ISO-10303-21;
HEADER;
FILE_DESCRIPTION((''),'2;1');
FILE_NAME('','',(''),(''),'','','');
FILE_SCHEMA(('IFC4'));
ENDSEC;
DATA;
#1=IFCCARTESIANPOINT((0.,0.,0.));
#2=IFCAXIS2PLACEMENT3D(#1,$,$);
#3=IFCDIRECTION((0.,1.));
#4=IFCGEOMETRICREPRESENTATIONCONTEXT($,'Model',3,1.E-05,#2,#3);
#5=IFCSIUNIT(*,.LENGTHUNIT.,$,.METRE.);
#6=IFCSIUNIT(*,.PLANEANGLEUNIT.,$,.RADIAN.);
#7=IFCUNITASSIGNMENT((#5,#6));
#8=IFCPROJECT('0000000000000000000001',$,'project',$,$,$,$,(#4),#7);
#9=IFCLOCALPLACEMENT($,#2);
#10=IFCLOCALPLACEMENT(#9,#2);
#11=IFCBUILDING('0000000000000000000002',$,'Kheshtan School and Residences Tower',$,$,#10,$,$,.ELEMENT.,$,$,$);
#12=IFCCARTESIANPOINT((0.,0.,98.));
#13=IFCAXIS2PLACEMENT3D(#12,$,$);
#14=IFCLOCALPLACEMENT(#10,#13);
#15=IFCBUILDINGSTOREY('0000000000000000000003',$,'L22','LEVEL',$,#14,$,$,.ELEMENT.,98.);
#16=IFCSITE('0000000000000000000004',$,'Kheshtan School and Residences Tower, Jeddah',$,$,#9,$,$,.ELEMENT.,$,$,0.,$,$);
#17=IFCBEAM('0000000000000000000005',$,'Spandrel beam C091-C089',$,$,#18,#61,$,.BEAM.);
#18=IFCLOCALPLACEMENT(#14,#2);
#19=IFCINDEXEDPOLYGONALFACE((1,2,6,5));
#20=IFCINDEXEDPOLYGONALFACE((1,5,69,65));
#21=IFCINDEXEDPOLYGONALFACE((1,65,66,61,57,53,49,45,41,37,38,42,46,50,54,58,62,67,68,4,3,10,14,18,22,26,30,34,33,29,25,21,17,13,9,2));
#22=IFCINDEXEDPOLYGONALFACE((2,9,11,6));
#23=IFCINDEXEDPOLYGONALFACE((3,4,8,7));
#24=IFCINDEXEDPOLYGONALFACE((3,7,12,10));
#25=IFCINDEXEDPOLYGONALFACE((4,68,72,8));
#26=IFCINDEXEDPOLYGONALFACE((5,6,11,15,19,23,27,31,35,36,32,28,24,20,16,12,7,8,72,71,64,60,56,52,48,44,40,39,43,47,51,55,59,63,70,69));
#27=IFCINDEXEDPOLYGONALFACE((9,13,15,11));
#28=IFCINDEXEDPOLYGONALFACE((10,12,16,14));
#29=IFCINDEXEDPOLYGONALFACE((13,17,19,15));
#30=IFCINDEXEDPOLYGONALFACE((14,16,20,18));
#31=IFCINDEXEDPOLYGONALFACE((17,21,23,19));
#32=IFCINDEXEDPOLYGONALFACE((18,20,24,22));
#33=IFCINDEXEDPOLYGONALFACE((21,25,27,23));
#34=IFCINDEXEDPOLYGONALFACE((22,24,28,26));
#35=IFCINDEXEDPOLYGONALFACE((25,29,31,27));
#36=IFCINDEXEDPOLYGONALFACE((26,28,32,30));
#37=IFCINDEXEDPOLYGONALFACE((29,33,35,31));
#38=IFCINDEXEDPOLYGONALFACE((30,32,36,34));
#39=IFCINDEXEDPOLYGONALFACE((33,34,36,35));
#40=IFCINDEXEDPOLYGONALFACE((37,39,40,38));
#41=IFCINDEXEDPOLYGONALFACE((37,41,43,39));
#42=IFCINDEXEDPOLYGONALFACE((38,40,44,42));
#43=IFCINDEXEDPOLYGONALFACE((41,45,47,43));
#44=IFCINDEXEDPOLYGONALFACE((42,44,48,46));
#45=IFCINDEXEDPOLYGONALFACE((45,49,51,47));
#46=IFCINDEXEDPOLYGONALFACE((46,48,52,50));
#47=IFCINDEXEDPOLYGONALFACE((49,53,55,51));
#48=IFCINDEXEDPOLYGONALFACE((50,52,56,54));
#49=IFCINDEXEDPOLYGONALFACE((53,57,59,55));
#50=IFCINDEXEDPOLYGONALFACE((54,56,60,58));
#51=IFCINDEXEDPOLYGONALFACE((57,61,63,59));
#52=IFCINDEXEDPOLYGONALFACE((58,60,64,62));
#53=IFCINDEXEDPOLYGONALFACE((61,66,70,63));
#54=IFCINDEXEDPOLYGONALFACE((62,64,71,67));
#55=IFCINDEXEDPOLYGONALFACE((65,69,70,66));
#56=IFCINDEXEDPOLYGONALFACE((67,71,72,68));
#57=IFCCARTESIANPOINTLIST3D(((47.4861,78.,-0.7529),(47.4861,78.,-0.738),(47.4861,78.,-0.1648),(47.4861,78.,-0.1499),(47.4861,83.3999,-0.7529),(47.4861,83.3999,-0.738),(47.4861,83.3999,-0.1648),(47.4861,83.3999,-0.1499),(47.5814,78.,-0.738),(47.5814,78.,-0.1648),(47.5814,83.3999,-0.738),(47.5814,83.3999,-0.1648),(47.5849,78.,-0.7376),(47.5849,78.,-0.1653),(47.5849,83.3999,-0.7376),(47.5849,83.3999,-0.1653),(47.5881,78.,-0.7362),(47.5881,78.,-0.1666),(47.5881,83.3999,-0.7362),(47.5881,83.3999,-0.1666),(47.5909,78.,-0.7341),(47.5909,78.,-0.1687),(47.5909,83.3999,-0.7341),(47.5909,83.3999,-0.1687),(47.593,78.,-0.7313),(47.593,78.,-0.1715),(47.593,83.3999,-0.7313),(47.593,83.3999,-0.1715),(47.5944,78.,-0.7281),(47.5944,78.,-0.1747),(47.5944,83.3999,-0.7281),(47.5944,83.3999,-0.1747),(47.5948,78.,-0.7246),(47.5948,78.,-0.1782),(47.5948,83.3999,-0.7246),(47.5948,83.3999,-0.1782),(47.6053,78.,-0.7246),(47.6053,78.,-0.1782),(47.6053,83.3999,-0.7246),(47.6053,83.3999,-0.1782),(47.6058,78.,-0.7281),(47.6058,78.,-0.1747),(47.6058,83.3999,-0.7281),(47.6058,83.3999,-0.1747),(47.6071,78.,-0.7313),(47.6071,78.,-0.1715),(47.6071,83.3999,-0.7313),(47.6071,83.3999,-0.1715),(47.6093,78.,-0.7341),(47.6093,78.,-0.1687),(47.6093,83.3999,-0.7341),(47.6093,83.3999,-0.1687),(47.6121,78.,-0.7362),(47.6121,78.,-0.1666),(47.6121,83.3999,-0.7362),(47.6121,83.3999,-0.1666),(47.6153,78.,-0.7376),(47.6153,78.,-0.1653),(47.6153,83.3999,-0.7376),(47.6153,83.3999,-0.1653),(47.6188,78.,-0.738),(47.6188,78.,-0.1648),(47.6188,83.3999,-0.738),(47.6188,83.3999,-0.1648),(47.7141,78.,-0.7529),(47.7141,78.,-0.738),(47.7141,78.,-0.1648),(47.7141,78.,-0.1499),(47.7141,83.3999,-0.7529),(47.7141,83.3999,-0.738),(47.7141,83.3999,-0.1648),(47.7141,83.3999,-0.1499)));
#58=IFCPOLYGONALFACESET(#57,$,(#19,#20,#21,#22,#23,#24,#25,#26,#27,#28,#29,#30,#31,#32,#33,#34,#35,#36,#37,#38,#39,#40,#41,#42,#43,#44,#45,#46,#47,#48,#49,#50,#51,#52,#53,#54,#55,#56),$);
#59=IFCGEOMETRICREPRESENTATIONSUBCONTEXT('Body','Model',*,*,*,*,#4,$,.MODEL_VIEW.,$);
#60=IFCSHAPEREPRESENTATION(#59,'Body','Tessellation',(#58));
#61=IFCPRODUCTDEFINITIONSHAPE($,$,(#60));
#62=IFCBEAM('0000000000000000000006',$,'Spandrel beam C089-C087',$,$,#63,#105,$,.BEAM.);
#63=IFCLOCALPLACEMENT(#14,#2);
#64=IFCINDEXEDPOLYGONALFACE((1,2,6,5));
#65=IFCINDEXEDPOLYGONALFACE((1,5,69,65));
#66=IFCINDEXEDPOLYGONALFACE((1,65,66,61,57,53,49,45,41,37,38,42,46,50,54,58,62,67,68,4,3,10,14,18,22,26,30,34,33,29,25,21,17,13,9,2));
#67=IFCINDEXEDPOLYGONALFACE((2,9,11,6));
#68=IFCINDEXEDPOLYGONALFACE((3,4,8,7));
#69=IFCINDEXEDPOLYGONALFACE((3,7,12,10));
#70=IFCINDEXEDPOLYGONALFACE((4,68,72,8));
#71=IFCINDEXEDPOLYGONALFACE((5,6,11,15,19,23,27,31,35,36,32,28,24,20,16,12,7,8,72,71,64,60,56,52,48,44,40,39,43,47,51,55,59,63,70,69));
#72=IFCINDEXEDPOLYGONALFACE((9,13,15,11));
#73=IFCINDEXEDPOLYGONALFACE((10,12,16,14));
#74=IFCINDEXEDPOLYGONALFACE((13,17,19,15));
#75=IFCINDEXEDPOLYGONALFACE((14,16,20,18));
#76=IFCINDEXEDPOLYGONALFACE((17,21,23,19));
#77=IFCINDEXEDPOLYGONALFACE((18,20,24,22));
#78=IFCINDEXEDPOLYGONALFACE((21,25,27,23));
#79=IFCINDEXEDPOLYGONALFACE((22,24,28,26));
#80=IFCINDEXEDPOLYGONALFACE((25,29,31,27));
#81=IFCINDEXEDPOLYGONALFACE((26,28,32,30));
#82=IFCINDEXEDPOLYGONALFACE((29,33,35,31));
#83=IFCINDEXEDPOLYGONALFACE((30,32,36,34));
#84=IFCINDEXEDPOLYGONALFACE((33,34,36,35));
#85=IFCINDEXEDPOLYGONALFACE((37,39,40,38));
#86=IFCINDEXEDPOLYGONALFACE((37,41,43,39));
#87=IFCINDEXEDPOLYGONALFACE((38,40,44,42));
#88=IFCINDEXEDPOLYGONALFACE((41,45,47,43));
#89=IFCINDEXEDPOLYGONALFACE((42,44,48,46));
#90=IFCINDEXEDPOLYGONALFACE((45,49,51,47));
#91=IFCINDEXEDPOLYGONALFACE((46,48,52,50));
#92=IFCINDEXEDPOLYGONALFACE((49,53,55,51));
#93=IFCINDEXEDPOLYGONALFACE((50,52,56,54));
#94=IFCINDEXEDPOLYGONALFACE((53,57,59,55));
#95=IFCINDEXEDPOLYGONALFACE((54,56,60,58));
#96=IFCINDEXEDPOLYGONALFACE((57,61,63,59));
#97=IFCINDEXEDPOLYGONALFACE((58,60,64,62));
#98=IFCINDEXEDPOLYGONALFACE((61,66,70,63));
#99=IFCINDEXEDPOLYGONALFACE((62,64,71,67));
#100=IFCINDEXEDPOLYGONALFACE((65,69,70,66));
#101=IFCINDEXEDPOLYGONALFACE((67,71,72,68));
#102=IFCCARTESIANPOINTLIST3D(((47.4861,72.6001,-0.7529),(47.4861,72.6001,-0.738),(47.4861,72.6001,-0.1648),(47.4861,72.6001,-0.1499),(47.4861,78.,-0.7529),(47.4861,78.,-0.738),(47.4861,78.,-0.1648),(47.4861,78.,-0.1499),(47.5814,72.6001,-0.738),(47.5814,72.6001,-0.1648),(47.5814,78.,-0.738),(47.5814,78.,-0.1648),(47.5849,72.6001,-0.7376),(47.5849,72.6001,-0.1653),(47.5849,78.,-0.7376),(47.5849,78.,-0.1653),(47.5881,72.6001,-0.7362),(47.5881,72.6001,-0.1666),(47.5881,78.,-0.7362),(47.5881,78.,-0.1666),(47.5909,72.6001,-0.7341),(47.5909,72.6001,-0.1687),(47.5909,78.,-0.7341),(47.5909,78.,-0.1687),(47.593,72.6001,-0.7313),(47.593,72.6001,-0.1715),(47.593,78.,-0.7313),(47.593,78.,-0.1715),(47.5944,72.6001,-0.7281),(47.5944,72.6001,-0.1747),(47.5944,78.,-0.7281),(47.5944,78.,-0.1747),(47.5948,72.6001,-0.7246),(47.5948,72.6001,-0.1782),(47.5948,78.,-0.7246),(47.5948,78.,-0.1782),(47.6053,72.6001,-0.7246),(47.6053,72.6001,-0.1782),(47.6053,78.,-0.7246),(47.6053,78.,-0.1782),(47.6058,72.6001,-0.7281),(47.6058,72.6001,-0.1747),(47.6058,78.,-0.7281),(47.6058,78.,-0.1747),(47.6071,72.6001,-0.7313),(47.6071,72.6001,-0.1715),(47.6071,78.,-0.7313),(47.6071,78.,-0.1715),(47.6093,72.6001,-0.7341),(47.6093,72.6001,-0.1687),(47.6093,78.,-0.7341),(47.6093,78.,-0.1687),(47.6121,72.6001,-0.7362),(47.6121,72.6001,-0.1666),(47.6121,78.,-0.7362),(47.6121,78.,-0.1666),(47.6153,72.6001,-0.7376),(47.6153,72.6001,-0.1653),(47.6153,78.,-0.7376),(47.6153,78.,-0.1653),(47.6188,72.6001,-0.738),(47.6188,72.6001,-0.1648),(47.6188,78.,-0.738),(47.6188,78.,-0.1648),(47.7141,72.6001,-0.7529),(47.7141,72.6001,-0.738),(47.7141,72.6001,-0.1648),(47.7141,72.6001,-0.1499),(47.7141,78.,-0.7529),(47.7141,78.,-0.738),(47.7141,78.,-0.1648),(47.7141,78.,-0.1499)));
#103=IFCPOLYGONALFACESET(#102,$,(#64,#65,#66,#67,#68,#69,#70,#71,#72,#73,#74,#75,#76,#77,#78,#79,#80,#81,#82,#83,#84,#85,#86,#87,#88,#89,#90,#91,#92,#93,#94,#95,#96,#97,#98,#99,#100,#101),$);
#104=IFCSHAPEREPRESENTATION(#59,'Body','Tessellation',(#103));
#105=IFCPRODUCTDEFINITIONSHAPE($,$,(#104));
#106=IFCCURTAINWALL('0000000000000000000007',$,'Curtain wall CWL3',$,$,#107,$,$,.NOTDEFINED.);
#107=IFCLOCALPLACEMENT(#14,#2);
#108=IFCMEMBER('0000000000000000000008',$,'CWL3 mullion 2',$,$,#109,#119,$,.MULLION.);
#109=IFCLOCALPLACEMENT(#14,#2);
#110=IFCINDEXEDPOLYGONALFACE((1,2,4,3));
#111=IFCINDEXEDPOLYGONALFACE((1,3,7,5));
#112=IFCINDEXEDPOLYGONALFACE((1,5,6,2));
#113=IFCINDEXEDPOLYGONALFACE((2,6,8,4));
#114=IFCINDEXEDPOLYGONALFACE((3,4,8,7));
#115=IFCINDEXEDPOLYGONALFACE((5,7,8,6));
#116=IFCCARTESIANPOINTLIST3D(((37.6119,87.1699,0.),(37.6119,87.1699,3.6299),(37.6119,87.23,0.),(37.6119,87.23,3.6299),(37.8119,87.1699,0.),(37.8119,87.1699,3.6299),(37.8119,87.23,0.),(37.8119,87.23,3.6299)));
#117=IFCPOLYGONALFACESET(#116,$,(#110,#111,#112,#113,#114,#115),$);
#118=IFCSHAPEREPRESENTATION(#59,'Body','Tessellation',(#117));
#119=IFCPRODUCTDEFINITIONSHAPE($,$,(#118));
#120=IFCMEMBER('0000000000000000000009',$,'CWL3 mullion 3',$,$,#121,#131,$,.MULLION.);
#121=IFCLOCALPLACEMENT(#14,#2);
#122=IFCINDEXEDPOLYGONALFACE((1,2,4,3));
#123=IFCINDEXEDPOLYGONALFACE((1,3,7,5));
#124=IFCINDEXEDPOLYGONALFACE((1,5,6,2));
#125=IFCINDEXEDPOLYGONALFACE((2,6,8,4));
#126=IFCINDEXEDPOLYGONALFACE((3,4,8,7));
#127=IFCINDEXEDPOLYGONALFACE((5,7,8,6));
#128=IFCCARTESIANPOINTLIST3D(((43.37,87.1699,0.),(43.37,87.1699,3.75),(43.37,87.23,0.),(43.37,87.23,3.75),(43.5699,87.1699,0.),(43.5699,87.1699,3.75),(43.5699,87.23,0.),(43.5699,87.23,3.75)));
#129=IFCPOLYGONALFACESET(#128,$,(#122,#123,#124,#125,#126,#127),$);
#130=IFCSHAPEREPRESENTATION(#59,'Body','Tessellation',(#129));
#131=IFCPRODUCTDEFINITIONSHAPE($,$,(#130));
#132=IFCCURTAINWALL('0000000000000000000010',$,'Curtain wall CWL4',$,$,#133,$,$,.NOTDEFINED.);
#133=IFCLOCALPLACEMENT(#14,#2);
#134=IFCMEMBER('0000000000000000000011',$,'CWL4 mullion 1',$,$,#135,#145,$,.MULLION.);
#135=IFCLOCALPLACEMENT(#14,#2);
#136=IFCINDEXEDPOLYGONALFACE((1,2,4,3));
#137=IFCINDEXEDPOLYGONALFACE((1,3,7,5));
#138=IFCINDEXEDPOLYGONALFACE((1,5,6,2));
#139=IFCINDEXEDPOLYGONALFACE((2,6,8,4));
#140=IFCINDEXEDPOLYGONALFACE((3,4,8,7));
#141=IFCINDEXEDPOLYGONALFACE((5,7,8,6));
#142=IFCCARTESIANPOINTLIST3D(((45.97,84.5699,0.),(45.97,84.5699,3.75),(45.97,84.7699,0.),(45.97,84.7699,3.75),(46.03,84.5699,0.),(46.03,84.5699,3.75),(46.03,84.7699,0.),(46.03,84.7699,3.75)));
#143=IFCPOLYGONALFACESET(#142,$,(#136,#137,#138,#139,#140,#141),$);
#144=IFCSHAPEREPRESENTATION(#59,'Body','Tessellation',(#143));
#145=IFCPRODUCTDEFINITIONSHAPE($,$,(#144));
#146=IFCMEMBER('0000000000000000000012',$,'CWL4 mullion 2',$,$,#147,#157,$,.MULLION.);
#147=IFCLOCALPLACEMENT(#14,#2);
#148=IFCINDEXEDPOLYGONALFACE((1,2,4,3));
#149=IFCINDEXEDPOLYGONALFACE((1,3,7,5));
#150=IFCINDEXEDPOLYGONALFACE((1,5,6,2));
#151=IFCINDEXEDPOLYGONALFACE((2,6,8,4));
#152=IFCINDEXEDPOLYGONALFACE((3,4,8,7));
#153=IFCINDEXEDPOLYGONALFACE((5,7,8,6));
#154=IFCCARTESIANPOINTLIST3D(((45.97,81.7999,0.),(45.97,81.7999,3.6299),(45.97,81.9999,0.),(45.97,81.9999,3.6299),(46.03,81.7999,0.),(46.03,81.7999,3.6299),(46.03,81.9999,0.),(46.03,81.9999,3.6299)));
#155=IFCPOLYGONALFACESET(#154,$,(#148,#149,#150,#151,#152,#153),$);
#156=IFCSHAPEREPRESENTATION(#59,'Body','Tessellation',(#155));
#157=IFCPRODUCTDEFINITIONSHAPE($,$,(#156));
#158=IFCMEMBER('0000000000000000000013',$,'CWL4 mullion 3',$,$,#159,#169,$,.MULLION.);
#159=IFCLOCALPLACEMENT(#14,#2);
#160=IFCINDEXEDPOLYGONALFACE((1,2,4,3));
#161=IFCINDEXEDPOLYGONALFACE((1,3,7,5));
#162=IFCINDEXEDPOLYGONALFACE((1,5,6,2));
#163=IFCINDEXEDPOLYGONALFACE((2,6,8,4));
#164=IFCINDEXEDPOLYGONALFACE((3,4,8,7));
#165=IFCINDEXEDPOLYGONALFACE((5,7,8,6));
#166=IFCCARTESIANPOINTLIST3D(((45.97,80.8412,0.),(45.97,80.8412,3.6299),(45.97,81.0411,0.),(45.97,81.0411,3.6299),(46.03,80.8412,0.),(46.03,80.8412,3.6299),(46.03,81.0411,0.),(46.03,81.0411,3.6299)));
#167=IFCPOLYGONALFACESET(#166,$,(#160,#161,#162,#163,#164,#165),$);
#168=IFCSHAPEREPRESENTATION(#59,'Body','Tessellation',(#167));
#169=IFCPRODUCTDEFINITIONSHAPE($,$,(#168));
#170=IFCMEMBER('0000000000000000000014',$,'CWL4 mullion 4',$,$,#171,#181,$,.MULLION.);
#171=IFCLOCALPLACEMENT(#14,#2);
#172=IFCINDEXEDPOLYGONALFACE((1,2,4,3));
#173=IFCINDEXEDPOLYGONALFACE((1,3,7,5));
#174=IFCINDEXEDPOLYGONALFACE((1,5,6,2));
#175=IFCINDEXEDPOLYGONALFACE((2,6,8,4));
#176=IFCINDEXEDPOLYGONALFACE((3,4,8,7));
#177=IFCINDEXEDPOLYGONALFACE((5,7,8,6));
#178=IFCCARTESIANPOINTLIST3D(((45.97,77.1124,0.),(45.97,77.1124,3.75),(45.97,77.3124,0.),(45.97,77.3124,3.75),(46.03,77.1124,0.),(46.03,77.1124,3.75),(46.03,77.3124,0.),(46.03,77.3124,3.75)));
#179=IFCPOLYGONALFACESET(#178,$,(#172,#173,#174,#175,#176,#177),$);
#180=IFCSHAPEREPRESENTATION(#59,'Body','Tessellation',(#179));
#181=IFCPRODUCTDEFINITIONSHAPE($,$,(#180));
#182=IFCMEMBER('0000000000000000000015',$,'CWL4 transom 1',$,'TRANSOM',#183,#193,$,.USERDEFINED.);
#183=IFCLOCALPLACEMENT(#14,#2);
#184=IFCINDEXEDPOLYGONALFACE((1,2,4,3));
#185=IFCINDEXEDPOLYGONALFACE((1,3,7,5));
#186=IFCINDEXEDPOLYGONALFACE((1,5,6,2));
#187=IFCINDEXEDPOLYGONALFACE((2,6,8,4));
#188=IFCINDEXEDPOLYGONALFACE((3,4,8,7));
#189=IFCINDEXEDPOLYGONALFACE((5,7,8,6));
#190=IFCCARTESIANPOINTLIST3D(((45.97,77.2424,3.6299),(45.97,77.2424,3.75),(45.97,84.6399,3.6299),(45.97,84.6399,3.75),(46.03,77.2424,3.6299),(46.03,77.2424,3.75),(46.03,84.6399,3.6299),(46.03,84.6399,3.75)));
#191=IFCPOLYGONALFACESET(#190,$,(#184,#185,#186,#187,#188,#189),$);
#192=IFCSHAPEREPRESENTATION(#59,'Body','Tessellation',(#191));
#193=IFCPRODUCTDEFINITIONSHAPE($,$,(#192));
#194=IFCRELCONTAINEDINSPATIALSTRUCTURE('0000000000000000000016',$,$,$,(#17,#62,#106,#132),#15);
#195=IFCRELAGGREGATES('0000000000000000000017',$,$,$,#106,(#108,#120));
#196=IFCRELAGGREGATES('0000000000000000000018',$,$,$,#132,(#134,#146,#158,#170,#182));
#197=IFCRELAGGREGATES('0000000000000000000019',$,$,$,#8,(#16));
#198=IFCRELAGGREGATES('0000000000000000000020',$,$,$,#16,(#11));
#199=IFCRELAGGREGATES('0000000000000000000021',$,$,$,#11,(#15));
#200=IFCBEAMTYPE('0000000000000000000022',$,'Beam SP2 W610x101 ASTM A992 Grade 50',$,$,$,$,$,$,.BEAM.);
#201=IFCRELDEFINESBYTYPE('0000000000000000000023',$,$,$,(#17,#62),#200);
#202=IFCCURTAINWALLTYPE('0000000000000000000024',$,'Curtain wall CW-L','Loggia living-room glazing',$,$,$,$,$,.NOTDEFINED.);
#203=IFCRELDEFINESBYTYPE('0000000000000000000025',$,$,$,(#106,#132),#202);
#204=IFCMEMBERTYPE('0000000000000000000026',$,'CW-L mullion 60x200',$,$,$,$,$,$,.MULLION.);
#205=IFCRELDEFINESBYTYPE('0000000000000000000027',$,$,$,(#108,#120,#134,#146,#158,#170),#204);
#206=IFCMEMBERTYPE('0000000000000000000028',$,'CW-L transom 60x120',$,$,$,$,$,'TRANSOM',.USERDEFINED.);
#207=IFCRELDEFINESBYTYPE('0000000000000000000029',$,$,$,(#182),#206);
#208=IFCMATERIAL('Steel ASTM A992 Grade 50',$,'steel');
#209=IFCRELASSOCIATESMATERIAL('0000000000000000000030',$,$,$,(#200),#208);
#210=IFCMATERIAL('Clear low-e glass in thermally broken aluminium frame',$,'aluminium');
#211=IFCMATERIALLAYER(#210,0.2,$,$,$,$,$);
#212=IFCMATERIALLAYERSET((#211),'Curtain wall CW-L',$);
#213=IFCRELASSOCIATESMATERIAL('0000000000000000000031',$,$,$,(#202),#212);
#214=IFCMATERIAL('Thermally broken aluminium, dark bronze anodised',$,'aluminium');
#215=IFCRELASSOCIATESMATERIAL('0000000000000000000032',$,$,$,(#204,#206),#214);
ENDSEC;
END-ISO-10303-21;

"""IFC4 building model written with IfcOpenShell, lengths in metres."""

from ifc_helpers import new_model, si_unit, direction, frame, origin, origin_2d, place, context, subcontext, project, spatial, rectangle, i_section, extrude, material, layer, layer_set, material_profile, profile_set, type_object, element, aggregate, save


model = new_model("IFC4")

# Units and contexts
model_context = context("Model", 3, precision=1e-05, world=origin(), true_north=direction((0.0, 1.0)))
body_context = subcontext(model_context, "Body", "Model", "MODEL_VIEW")
ifc_project = project(units=[si_unit("LENGTHUNIT", "METRE"), si_unit("PLANEANGLEUNIT", "RADIAN")], contexts=[model_context])

# Site, building, storey
site_placement = place(None, origin())
site = spatial("IfcSite", under=ifc_project, at=site_placement, Name="Kheshtan School and Residences Tower, Jeddah", CompositionType="ELEMENT", RefElevation=0.0)
building_placement = place(site_placement, origin())
building = spatial("IfcBuilding", under=site, at=building_placement, Name="Kheshtan School and Residences Tower", CompositionType="ELEMENT")
storey_placement = place(building_placement, frame((0.0, 0.0, 98.0)))
storey = spatial("IfcBuildingStorey", under=building, at=storey_placement, Name="L22", Description="LEVEL", CompositionType="ELEMENT", Elevation=98.0)

# Shared definitions
ifc_material_1 = material(Name="Steel ASTM A992 Grade 50", Category="steel")

# Beams
ifc_material_profile_1 = material_profile(ifc_material_1, i_section(OverallWidth=0.228, OverallDepth=0.603, WebThickness=0.0105, FlangeThickness=0.0149, FilletRadius=0.0134, at=origin_2d()), Name="W610x101")
ifc_profile_set_1 = profile_set([ifc_material_profile_1], Name="Steel ASTM A992 Grade 50")
beam_type = type_object("IfcBeamType", Name="Beam SP2 W610x101 ASTM A992 Grade 50", PredefinedType="BEAM", material=ifc_profile_set_1)
for number, where, z_axis, x_axis, name in (
    (1, (47.6001, 83.3999, -0.4514), (0.0, -1.0, 0.0), (1.0, 0.0, 0.0), "Spandrel beam C091-C089"),
    (2, (47.6001, 78.0, -0.4514), (0.0, -1.0, 0.0), (1.0, 0.0, 0.0), "Spandrel beam C089-C087"),
):
    element("IfcBeam", number, at=place(storey_placement, frame(where, z_axis=z_axis, x_axis=x_axis)), inside=storey, type_object=beam_type, Name=name, PredefinedType="BEAM", context=body_context, shape_type="SweptSolid", body=[
        extrude(i_section(OverallWidth=0.228, OverallDepth=0.603, WebThickness=0.0105, FlangeThickness=0.0149, FilletRadius=0.0134, at=origin_2d()), origin(), (0.0, 0.0, 1.0), 5.3999),
    ])

# Curtain walls, members
ifc_material_2 = material(Name="Clear low-e glass in thermally broken aluminium frame", Category="aluminium")
ifc_layer_1 = layer(ifc_material_2, 0.2)
ifc_layer_set_1 = layer_set([ifc_layer_1], Name="Curtain wall CW-L")
curtain_wall_type = type_object("IfcCurtainWallType", Name="Curtain wall CW-L", Description="Loggia living-room glazing", PredefinedType="NOTDEFINED", material=ifc_layer_set_1)
curtain_wall_1_placement = place(storey_placement, origin())
curtain_wall_1 = element("IfcCurtainWall", 3, at=curtain_wall_1_placement, inside=storey, type_object=curtain_wall_type, Name="Curtain wall CWL3", PredefinedType="NOTDEFINED")
ifc_material_3 = material(Name="Thermally broken aluminium, dark bronze anodised", Category="aluminium")
ifc_material_profile_2 = material_profile(ifc_material_3, rectangle(XDim=0.0601, YDim=0.2, at=origin_2d()), Name="CW-L mullion 60x200")
ifc_profile_set_2 = profile_set([ifc_material_profile_2], Name="Thermally broken aluminium, dark bronze anodised")
member_type_1 = type_object("IfcMemberType", Name="CW-L mullion 60x200", PredefinedType="MULLION", material=ifc_profile_set_2)
member_1_placement = place(storey_placement, frame((37.7119, 87.2, 0.0), z_axis=(0.0, 0.0, 1.0), x_axis=(0.0, 1.0, 0.0)))
member_1 = element("IfcMember", 4, at=member_1_placement, type_object=member_type_1, Name="CWL3 mullion 2", PredefinedType="MULLION", context=body_context, shape_type="SweptSolid", body=[
    extrude(rectangle(XDim=0.0601, YDim=0.2, at=origin_2d()), origin(), (0.0, 0.0, 1.0), 3.6299),
])
member_2_placement = place(storey_placement, frame((43.47, 87.2, 0.0), z_axis=(0.0, 0.0, 1.0), x_axis=(0.0, 1.0, 0.0)))
member_2 = element("IfcMember", 5, at=member_2_placement, type_object=member_type_1, Name="CWL3 mullion 3", PredefinedType="MULLION", context=body_context, shape_type="SweptSolid", body=[
    extrude(rectangle(XDim=0.0601, YDim=0.2, at=origin_2d()), origin(), (0.0, 0.0, 1.0), 3.75),
])
curtain_wall_2_placement = place(storey_placement, origin())
curtain_wall_2 = element("IfcCurtainWall", 6, at=curtain_wall_2_placement, inside=storey, type_object=curtain_wall_type, Name="Curtain wall CWL4", PredefinedType="NOTDEFINED")
member_3_placement = place(storey_placement, frame((46.0, 84.6699, 0.0), z_axis=(0.0, 0.0, 1.0), x_axis=(1.0, 0.0, 0.0)))
member_3 = element("IfcMember", 7, at=member_3_placement, type_object=member_type_1, Name="CWL4 mullion 1", PredefinedType="MULLION", context=body_context, shape_type="SweptSolid", body=[
    extrude(rectangle(XDim=0.0601, YDim=0.2, at=origin_2d()), origin(), (0.0, 0.0, 1.0), 3.75),
])
member_4_placement = place(storey_placement, frame((46.0, 81.8999, 0.0), z_axis=(0.0, 0.0, 1.0), x_axis=(1.0, 0.0, 0.0)))
member_4 = element("IfcMember", 8, at=member_4_placement, type_object=member_type_1, Name="CWL4 mullion 2", PredefinedType="MULLION", context=body_context, shape_type="SweptSolid", body=[
    extrude(rectangle(XDim=0.0601, YDim=0.2, at=origin_2d()), origin(), (0.0, 0.0, 1.0), 3.6299),
])
member_5_placement = place(storey_placement, frame((46.0, 80.9412, 0.0), z_axis=(0.0, 0.0, 1.0), x_axis=(1.0, 0.0, 0.0)))
member_5 = element("IfcMember", 9, at=member_5_placement, type_object=member_type_1, Name="CWL4 mullion 3", PredefinedType="MULLION", context=body_context, shape_type="SweptSolid", body=[
    extrude(rectangle(XDim=0.0601, YDim=0.2, at=origin_2d()), origin(), (0.0, 0.0, 1.0), 3.6299),
])
member_6_placement = place(storey_placement, frame((46.0, 77.2124, 0.0), z_axis=(0.0, 0.0, 1.0), x_axis=(1.0, 0.0, 0.0)))
member_6 = element("IfcMember", 10, at=member_6_placement, type_object=member_type_1, Name="CWL4 mullion 4", PredefinedType="MULLION", context=body_context, shape_type="SweptSolid", body=[
    extrude(rectangle(XDim=0.0601, YDim=0.2, at=origin_2d()), origin(), (0.0, 0.0, 1.0), 3.75),
])
ifc_material_profile_3 = material_profile(ifc_material_3, rectangle(XDim=0.0601, YDim=0.1201, at=origin_2d()), Name="CW-L transom 60x120")
ifc_profile_set_3 = profile_set([ifc_material_profile_3], Name="Thermally broken aluminium, dark bronze anodised")
member_type_2 = type_object("IfcMemberType", Name="CW-L transom 60x120", ElementType="TRANSOM", PredefinedType="USERDEFINED", material=ifc_profile_set_3)
member_7_placement = place(storey_placement, frame((46.0, 84.6399, 3.6899), z_axis=(0.0, -1.0, 0.0), x_axis=(1.0, 0.0, 0.0)))
member_7 = element("IfcMember", 11, at=member_7_placement, type_object=member_type_2, Name="CWL4 transom 1", ObjectType="TRANSOM", PredefinedType="USERDEFINED", context=body_context, shape_type="SweptSolid", body=[
    extrude(rectangle(XDim=0.0601, YDim=0.1201, at=origin_2d()), origin(), (0.0, 0.0, 1.0), 7.3975),
])

aggregate(curtain_wall_1, [member_1, member_2])
aggregate(curtain_wall_2, [member_3, member_4, member_5, member_6, member_7])

save(model, "model.ifc")
